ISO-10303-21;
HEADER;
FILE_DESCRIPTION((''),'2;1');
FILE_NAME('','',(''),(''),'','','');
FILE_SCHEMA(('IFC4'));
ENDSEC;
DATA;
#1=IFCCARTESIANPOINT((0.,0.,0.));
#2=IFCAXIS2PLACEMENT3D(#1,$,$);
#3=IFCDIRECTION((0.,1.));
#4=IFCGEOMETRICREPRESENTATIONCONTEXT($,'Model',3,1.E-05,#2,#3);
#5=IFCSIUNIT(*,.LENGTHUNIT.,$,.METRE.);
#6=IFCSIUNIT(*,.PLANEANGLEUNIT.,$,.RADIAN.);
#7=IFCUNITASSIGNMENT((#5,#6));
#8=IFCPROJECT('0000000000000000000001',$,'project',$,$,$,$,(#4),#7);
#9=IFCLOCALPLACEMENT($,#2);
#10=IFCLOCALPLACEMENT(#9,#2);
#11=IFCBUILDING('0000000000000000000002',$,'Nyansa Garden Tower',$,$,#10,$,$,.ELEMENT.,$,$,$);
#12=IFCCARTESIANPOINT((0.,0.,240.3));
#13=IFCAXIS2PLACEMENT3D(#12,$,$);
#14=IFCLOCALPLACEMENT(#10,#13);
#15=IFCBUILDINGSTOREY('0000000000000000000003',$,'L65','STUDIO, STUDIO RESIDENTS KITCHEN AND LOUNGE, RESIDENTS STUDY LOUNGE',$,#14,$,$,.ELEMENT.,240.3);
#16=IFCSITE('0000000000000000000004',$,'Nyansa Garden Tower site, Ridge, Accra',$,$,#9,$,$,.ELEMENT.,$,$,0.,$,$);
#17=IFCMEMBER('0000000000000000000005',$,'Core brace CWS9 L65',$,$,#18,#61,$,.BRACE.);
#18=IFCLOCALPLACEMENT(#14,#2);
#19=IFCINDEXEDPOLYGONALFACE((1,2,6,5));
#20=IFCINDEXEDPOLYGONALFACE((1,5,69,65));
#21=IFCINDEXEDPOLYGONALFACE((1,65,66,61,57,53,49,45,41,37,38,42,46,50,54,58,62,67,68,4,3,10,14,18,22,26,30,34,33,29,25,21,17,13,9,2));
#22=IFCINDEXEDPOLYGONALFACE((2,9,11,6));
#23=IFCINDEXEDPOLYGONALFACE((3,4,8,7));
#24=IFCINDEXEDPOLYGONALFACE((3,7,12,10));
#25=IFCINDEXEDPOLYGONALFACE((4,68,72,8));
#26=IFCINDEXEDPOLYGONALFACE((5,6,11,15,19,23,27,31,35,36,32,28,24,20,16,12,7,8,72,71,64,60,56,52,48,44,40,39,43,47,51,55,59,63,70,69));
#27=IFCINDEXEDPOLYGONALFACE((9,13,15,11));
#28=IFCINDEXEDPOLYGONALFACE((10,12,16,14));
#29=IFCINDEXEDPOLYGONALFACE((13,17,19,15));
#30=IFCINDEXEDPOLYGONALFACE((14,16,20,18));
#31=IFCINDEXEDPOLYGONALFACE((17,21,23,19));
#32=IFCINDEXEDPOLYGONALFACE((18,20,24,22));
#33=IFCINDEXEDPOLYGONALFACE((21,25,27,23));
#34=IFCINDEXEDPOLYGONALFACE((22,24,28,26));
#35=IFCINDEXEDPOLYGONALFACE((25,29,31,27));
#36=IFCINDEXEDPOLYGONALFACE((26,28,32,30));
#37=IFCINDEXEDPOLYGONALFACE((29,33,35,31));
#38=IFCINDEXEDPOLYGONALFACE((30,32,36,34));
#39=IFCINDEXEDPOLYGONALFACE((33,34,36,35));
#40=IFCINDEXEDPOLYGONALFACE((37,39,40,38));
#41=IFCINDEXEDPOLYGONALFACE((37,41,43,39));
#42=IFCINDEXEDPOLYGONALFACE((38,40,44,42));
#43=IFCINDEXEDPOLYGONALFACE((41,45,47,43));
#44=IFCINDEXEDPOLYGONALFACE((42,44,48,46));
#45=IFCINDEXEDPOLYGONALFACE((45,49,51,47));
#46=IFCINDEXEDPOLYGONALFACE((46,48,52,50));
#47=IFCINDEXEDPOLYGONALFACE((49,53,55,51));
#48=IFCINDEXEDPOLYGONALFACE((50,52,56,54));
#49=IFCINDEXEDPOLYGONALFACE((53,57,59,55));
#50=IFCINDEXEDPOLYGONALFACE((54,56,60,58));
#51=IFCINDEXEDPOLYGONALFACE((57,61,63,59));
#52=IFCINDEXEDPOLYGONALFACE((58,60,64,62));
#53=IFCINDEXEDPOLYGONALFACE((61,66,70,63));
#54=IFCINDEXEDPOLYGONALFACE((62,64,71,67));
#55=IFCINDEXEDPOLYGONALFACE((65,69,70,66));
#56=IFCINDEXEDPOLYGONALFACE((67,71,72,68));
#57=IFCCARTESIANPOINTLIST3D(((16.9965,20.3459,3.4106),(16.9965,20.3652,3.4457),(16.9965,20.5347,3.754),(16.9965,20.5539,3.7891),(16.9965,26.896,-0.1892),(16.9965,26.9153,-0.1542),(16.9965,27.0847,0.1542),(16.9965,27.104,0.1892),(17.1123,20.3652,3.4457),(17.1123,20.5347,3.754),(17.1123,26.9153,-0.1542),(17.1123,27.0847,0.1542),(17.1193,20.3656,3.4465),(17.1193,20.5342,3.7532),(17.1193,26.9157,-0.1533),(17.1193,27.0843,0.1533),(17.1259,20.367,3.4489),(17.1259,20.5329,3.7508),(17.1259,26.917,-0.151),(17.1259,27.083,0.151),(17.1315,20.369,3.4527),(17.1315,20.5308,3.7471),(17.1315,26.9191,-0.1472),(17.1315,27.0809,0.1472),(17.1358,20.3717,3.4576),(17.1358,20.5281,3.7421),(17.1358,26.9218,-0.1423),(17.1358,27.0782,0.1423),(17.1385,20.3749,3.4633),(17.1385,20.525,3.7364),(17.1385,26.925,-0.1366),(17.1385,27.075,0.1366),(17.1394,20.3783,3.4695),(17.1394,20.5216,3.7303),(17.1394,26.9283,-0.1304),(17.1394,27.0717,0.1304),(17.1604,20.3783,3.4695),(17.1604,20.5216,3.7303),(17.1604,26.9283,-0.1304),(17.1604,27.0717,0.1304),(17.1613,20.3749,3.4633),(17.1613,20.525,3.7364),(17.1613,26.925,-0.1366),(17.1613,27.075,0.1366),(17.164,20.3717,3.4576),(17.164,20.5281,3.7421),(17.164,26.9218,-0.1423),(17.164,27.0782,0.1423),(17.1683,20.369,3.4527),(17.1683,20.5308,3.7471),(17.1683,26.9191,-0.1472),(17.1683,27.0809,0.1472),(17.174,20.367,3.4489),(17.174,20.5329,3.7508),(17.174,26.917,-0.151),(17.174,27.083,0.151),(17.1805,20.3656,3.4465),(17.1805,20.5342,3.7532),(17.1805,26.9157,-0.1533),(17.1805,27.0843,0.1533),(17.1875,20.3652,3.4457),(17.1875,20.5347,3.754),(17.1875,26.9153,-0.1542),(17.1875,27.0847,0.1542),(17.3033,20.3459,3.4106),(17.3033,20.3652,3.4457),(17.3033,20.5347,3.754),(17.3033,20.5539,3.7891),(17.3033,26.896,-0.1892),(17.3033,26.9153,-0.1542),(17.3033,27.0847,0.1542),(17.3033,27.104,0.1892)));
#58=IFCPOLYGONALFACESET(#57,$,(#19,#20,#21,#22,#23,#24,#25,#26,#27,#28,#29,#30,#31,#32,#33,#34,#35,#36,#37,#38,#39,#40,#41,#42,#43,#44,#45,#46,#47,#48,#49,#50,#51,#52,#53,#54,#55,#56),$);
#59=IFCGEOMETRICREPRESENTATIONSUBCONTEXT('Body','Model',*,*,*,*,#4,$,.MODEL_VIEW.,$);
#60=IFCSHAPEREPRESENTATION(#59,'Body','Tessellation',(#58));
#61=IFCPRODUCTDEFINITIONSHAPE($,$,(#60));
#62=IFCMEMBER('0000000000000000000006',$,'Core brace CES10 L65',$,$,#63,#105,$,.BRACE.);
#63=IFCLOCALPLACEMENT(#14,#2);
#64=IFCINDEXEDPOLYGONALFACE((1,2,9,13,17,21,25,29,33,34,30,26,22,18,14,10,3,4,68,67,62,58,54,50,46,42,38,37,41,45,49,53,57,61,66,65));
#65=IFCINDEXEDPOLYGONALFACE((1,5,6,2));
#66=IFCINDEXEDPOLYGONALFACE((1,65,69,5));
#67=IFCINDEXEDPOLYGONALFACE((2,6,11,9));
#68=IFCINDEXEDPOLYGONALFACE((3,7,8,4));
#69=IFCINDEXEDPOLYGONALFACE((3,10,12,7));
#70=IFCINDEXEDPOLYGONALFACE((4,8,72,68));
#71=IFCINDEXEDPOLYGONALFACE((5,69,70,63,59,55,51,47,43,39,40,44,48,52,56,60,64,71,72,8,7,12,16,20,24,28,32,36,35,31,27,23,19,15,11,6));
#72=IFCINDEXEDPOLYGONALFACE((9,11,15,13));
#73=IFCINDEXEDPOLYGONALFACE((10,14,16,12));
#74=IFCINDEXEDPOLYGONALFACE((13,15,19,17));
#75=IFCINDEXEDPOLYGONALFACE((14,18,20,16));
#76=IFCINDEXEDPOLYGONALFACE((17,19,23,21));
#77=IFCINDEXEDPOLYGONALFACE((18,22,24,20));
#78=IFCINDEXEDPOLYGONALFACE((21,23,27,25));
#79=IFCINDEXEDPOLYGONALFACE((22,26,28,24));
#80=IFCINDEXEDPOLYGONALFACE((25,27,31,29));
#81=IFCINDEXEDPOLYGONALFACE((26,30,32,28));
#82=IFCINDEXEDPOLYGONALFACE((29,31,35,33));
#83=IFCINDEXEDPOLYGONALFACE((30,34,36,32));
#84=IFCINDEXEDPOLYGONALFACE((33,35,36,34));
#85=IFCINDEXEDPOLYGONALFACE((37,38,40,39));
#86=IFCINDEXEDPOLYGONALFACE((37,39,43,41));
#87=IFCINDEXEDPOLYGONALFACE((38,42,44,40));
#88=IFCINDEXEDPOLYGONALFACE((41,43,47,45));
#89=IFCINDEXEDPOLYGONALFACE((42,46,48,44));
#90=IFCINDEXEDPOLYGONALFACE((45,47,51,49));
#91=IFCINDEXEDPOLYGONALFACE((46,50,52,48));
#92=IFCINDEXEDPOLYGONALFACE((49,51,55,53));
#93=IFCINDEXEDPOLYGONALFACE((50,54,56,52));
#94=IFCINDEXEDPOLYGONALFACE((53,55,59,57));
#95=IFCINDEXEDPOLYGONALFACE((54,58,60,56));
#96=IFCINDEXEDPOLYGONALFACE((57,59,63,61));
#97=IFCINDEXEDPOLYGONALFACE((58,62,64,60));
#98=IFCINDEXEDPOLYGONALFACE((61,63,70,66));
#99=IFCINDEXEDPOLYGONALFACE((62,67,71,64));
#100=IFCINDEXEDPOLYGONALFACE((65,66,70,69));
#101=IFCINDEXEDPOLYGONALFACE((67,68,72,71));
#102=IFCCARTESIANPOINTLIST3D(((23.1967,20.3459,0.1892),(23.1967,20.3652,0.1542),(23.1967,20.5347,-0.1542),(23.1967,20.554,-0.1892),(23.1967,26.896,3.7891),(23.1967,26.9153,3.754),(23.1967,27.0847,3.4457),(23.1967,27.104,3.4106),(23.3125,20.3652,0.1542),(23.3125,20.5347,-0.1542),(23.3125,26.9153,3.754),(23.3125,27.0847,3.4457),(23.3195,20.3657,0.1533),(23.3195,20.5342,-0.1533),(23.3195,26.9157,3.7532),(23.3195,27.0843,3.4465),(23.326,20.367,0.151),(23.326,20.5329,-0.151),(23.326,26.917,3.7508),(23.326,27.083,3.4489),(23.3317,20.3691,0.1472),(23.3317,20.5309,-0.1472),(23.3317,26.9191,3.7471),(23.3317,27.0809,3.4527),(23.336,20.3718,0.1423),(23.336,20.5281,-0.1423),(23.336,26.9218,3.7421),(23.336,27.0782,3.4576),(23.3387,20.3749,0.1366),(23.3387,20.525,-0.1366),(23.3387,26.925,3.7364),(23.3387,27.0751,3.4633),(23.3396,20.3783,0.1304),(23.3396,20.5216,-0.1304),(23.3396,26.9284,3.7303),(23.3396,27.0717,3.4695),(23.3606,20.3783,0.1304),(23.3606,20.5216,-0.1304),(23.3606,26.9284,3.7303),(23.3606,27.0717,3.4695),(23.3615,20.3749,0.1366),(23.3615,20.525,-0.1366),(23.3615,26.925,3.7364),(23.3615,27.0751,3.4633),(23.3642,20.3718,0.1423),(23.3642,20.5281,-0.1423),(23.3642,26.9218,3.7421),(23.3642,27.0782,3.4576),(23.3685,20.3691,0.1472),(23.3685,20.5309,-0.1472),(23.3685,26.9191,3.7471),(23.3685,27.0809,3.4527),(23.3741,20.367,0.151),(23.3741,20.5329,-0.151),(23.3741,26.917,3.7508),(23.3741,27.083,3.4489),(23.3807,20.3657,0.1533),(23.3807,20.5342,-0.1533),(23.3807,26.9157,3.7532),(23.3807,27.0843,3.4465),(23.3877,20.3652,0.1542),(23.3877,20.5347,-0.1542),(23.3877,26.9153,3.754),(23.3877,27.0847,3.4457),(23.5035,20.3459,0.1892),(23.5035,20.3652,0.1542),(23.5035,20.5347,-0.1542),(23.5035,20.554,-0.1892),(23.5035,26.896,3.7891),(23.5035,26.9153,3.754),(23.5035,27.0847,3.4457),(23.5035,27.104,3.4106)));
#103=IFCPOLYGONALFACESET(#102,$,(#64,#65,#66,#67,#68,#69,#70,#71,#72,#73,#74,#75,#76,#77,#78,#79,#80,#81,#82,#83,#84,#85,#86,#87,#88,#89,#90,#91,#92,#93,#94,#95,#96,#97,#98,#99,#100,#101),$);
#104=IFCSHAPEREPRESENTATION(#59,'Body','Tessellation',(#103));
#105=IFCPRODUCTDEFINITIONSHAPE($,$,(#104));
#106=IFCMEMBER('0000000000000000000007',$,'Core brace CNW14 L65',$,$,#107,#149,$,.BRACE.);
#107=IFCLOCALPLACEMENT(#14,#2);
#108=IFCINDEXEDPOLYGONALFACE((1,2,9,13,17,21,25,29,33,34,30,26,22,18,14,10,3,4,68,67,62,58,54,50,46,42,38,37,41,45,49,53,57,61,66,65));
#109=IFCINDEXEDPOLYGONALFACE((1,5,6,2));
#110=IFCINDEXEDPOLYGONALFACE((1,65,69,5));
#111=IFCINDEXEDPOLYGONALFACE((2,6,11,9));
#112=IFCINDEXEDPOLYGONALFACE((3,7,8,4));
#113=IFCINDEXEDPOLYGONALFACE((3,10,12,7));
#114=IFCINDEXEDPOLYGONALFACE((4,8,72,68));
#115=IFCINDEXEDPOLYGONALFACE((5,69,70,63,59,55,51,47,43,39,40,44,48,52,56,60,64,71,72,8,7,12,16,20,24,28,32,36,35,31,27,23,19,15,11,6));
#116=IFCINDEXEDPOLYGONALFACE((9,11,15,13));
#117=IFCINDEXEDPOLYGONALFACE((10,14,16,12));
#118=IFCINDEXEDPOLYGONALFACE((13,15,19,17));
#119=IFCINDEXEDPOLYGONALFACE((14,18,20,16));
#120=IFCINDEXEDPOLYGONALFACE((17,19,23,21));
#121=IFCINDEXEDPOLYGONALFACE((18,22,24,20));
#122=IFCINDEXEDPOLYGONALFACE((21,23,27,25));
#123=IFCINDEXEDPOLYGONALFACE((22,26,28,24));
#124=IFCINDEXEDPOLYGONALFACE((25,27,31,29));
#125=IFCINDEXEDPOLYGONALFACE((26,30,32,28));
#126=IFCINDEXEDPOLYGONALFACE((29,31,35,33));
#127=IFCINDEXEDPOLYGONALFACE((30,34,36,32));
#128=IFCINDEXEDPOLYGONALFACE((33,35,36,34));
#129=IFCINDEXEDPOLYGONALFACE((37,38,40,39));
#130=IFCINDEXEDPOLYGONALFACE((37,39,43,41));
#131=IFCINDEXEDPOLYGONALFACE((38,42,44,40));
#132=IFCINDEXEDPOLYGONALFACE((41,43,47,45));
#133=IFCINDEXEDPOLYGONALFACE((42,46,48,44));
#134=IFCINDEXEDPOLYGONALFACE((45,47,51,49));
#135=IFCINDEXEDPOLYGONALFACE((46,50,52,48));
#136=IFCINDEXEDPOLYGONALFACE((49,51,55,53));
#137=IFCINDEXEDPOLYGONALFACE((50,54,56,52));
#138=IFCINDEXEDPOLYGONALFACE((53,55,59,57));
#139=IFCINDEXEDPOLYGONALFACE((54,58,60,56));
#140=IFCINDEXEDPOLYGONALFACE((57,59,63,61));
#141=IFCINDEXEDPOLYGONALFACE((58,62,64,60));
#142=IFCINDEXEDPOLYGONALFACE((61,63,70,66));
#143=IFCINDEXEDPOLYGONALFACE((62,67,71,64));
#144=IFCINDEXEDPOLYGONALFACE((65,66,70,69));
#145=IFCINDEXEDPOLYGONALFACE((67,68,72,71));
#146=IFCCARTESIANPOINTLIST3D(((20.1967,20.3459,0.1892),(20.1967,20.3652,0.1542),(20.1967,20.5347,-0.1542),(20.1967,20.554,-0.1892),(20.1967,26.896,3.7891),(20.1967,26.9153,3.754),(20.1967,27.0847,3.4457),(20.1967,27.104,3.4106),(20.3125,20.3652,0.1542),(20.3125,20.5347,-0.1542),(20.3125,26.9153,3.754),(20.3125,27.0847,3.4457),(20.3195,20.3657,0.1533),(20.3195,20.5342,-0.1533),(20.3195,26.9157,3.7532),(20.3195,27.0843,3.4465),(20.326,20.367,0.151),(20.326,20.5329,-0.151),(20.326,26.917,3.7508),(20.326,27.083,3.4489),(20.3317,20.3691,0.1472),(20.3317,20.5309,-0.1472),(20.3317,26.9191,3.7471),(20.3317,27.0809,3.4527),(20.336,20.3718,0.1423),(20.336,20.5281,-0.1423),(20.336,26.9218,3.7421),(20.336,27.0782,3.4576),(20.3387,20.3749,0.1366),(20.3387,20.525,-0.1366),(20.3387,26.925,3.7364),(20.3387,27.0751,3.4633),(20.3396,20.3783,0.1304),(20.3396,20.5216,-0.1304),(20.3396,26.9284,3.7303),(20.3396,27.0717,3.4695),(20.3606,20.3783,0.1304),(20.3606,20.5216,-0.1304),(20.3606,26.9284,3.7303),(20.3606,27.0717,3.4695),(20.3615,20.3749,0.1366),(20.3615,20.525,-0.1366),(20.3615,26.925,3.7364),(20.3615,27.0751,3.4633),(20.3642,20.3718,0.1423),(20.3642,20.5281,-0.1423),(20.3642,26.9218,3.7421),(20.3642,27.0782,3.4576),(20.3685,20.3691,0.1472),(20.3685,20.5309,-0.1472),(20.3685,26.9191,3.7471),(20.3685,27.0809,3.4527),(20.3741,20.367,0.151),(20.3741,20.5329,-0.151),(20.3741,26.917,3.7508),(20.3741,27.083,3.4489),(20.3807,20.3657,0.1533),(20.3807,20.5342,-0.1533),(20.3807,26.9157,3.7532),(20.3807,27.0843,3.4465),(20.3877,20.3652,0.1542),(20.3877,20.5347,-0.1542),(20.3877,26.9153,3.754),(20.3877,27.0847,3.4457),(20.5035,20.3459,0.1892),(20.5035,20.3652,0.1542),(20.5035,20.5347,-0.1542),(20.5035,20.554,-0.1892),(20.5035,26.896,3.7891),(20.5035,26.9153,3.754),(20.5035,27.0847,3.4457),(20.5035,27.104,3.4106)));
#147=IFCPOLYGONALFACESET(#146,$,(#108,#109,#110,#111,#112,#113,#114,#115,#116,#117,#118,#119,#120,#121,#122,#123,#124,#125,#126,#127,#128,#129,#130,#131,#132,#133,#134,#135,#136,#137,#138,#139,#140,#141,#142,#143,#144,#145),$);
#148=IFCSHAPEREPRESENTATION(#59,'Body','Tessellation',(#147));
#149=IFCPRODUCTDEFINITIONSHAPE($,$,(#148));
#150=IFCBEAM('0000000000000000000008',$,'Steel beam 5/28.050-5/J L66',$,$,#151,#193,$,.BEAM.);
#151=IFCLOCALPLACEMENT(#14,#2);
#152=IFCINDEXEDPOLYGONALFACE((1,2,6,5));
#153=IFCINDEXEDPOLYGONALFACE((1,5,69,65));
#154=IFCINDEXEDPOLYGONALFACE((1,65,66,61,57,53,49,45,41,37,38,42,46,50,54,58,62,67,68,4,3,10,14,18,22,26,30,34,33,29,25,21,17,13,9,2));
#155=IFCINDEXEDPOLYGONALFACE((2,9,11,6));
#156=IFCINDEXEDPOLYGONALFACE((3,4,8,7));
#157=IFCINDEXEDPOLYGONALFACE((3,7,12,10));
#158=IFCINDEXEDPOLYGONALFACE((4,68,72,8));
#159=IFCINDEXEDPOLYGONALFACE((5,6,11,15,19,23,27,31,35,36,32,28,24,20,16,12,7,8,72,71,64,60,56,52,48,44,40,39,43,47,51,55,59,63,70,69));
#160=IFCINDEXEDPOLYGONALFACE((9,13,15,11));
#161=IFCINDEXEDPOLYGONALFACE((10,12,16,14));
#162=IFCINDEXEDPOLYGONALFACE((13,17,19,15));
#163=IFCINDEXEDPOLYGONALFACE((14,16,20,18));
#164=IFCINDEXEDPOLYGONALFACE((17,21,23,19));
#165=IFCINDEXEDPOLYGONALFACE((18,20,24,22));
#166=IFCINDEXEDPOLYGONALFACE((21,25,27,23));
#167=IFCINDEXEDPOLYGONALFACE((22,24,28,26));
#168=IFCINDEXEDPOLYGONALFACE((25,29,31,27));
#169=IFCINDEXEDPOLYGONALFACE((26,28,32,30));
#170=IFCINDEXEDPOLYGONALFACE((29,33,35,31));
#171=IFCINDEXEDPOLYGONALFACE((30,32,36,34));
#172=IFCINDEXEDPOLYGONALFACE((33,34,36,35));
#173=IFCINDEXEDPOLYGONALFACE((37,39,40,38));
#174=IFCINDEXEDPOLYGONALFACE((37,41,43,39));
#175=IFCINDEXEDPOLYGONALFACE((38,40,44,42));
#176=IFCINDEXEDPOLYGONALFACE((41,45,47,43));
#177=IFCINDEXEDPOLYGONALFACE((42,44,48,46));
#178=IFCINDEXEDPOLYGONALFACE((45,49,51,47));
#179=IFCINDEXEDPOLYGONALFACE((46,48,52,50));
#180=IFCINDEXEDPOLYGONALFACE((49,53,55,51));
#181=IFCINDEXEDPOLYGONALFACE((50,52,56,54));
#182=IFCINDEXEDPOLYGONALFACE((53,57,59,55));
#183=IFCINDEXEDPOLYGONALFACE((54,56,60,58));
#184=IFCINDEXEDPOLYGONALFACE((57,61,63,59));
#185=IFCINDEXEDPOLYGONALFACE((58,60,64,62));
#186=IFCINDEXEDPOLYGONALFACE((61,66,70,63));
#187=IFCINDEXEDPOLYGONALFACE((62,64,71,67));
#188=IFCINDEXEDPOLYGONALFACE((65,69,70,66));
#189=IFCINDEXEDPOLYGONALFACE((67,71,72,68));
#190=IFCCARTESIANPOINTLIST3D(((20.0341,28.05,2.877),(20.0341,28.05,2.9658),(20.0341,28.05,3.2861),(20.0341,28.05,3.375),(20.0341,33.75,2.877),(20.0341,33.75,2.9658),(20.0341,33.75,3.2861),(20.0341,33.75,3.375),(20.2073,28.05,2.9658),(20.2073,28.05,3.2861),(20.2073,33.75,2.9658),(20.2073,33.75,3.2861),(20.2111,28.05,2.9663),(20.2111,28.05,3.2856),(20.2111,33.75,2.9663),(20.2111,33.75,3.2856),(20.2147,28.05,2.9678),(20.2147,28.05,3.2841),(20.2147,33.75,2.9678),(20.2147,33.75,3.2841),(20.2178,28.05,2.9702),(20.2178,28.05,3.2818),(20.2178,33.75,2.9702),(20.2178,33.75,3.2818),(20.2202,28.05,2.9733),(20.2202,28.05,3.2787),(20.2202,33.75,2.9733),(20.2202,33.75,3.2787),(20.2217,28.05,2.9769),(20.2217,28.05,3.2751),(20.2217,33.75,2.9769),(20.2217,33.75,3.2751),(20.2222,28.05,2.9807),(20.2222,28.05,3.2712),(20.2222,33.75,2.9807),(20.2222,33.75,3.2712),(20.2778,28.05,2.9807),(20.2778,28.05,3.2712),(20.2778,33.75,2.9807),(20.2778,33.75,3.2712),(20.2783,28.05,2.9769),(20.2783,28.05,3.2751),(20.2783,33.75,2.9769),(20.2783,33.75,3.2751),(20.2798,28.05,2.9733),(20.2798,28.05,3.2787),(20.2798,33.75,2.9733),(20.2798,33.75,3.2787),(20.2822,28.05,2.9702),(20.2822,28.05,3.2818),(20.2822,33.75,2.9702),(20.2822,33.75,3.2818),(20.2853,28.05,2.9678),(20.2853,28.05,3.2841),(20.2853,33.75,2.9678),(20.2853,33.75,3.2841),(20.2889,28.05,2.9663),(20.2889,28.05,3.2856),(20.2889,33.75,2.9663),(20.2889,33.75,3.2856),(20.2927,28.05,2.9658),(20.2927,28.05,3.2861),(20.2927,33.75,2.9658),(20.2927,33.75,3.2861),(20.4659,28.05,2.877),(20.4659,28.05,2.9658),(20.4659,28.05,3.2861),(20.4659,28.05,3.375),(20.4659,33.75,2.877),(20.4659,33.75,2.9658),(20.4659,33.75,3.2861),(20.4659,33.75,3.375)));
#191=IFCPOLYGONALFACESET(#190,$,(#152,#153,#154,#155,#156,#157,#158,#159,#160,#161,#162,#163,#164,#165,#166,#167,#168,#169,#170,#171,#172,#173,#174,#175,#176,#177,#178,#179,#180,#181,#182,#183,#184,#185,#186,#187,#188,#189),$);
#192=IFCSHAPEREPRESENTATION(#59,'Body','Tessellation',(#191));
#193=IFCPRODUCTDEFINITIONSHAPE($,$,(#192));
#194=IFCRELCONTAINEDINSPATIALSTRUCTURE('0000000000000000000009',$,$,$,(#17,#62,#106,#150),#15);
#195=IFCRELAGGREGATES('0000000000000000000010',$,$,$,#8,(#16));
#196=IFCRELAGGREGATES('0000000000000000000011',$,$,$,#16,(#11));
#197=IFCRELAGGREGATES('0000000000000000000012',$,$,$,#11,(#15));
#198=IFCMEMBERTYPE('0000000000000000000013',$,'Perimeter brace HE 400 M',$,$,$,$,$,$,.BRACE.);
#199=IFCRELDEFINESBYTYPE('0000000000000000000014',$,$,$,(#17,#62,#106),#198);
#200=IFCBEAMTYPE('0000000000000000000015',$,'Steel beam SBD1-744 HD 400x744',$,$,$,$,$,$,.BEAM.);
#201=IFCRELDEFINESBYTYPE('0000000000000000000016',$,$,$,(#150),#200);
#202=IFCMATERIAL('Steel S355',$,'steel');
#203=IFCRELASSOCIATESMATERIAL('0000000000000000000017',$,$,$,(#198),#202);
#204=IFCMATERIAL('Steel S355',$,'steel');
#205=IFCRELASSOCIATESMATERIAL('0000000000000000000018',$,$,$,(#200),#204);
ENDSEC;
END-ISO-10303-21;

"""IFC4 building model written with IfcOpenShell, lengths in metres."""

from ifc_helpers import new_model, si_unit, direction, frame, origin, origin_2d, place, context, subcontext, project, spatial, i_section, extrude, material, material_profile, profile_set, type_object, element, save


model = new_model("IFC4")

# Units and contexts
model_context = context("Model", 3, precision=1e-05, world=origin(), true_north=direction((0.0, 1.0)))
body_context = subcontext(model_context, "Body", "Model", "MODEL_VIEW")
ifc_project = project(units=[si_unit("LENGTHUNIT", "METRE"), si_unit("PLANEANGLEUNIT", "RADIAN")], contexts=[model_context])

# Site, building, storey
site_placement = place(None, origin())
site = spatial("IfcSite", under=ifc_project, at=site_placement, Name="Nyansa Garden Tower site, Ridge, Accra", CompositionType="ELEMENT", RefElevation=0.0)
building_placement = place(site_placement, origin())
building = spatial("IfcBuilding", under=site, at=building_placement, Name="Nyansa Garden Tower", CompositionType="ELEMENT")
storey_placement = place(building_placement, frame((0.0, 0.0, 240.3)))
storey = spatial("IfcBuildingStorey", under=building, at=storey_placement, Name="L65", Description="STUDIO, STUDIO RESIDENTS KITCHEN AND LOUNGE, RESIDENTS STUDY LOUNGE", CompositionType="ELEMENT", Elevation=240.3)

# Members
ifc_material_1 = material(Name="Steel S355", Category="steel")
ifc_material_profile_1 = material_profile(ifc_material_1, i_section(OverallWidth=0.3069, OverallDepth=0.4319, WebThickness=0.021, FlangeThickness=0.04, FilletRadius=0.0271, at=origin_2d()), Name="HE 400 M")
ifc_profile_set_1 = profile_set([ifc_material_profile_1], Name="Steel S355")
member_type_1 = type_object("IfcMemberType", Name="Perimeter brace HE 400 M", PredefinedType="BRACE", material=ifc_profile_set_1)
for number, where, z_axis, x_axis, name in (
    (1, (17.1499, 27.0, 0.0), (0.0, -0.876367, 0.481644), (1.0, 0.0, 0.0), "Core brace CWS9 L65"),
    (2, (23.3501, 20.45, 0.0), (0.0, 0.876367, 0.481644), (-1.0, 0.0, 0.0), "Core brace CES10 L65"),
    (3, (20.3501, 20.45, 0.0), (0.0, 0.876367, 0.481644), (-1.0, 0.0, 0.0), "Core brace CNW14 L65"),
):
    element("IfcMember", number, at=place(storey_placement, frame(where, z_axis=z_axis, x_axis=x_axis)), inside=storey, type_object=member_type_1, Name=name, PredefinedType="BRACE", context=body_context, shape_type="SweptSolid", body=[
        extrude(i_section(OverallWidth=0.3069, OverallDepth=0.4319, WebThickness=0.021, FlangeThickness=0.04, FilletRadius=0.0271, at=origin_2d()), origin(), (0.0, 0.0, 1.0), 7.4741),
    ])

# Beam
ifc_material_2 = material(Name="Steel S355", Category="steel")
ifc_material_profile_2 = material_profile(ifc_material_2, i_section(OverallWidth=0.4319, OverallDepth=0.498, WebThickness=0.0557, FlangeThickness=0.0889, FilletRadius=0.0149, at=origin_2d()), Name="HD 400x744")
ifc_profile_set_2 = profile_set([ifc_material_profile_2], Name="Steel S355")
beam_type_1 = type_object("IfcBeamType", Name="Steel beam SBD1-744 HD 400x744", PredefinedType="BEAM", material=ifc_profile_set_2)
for number, where, z_axis, x_axis, name in (
    (4, (20.25, 28.05, 3.126), (0.0, 1.0, 0.0), (-1.0, 0.0, 0.0), "Steel beam 5/28.050-5/J L66"),
):
    element("IfcBeam", number, at=place(storey_placement, frame(where, z_axis=z_axis, x_axis=x_axis)), inside=storey, type_object=beam_type_1, Name=name, PredefinedType="BEAM", context=body_context, shape_type="SweptSolid", body=[
        extrude(i_section(OverallWidth=0.4319, OverallDepth=0.498, WebThickness=0.0557, FlangeThickness=0.0889, FilletRadius=0.0149, at=origin_2d()), origin(), (0.0, 0.0, 1.0), 5.7),
    ])

save(model, "model.ifc")
